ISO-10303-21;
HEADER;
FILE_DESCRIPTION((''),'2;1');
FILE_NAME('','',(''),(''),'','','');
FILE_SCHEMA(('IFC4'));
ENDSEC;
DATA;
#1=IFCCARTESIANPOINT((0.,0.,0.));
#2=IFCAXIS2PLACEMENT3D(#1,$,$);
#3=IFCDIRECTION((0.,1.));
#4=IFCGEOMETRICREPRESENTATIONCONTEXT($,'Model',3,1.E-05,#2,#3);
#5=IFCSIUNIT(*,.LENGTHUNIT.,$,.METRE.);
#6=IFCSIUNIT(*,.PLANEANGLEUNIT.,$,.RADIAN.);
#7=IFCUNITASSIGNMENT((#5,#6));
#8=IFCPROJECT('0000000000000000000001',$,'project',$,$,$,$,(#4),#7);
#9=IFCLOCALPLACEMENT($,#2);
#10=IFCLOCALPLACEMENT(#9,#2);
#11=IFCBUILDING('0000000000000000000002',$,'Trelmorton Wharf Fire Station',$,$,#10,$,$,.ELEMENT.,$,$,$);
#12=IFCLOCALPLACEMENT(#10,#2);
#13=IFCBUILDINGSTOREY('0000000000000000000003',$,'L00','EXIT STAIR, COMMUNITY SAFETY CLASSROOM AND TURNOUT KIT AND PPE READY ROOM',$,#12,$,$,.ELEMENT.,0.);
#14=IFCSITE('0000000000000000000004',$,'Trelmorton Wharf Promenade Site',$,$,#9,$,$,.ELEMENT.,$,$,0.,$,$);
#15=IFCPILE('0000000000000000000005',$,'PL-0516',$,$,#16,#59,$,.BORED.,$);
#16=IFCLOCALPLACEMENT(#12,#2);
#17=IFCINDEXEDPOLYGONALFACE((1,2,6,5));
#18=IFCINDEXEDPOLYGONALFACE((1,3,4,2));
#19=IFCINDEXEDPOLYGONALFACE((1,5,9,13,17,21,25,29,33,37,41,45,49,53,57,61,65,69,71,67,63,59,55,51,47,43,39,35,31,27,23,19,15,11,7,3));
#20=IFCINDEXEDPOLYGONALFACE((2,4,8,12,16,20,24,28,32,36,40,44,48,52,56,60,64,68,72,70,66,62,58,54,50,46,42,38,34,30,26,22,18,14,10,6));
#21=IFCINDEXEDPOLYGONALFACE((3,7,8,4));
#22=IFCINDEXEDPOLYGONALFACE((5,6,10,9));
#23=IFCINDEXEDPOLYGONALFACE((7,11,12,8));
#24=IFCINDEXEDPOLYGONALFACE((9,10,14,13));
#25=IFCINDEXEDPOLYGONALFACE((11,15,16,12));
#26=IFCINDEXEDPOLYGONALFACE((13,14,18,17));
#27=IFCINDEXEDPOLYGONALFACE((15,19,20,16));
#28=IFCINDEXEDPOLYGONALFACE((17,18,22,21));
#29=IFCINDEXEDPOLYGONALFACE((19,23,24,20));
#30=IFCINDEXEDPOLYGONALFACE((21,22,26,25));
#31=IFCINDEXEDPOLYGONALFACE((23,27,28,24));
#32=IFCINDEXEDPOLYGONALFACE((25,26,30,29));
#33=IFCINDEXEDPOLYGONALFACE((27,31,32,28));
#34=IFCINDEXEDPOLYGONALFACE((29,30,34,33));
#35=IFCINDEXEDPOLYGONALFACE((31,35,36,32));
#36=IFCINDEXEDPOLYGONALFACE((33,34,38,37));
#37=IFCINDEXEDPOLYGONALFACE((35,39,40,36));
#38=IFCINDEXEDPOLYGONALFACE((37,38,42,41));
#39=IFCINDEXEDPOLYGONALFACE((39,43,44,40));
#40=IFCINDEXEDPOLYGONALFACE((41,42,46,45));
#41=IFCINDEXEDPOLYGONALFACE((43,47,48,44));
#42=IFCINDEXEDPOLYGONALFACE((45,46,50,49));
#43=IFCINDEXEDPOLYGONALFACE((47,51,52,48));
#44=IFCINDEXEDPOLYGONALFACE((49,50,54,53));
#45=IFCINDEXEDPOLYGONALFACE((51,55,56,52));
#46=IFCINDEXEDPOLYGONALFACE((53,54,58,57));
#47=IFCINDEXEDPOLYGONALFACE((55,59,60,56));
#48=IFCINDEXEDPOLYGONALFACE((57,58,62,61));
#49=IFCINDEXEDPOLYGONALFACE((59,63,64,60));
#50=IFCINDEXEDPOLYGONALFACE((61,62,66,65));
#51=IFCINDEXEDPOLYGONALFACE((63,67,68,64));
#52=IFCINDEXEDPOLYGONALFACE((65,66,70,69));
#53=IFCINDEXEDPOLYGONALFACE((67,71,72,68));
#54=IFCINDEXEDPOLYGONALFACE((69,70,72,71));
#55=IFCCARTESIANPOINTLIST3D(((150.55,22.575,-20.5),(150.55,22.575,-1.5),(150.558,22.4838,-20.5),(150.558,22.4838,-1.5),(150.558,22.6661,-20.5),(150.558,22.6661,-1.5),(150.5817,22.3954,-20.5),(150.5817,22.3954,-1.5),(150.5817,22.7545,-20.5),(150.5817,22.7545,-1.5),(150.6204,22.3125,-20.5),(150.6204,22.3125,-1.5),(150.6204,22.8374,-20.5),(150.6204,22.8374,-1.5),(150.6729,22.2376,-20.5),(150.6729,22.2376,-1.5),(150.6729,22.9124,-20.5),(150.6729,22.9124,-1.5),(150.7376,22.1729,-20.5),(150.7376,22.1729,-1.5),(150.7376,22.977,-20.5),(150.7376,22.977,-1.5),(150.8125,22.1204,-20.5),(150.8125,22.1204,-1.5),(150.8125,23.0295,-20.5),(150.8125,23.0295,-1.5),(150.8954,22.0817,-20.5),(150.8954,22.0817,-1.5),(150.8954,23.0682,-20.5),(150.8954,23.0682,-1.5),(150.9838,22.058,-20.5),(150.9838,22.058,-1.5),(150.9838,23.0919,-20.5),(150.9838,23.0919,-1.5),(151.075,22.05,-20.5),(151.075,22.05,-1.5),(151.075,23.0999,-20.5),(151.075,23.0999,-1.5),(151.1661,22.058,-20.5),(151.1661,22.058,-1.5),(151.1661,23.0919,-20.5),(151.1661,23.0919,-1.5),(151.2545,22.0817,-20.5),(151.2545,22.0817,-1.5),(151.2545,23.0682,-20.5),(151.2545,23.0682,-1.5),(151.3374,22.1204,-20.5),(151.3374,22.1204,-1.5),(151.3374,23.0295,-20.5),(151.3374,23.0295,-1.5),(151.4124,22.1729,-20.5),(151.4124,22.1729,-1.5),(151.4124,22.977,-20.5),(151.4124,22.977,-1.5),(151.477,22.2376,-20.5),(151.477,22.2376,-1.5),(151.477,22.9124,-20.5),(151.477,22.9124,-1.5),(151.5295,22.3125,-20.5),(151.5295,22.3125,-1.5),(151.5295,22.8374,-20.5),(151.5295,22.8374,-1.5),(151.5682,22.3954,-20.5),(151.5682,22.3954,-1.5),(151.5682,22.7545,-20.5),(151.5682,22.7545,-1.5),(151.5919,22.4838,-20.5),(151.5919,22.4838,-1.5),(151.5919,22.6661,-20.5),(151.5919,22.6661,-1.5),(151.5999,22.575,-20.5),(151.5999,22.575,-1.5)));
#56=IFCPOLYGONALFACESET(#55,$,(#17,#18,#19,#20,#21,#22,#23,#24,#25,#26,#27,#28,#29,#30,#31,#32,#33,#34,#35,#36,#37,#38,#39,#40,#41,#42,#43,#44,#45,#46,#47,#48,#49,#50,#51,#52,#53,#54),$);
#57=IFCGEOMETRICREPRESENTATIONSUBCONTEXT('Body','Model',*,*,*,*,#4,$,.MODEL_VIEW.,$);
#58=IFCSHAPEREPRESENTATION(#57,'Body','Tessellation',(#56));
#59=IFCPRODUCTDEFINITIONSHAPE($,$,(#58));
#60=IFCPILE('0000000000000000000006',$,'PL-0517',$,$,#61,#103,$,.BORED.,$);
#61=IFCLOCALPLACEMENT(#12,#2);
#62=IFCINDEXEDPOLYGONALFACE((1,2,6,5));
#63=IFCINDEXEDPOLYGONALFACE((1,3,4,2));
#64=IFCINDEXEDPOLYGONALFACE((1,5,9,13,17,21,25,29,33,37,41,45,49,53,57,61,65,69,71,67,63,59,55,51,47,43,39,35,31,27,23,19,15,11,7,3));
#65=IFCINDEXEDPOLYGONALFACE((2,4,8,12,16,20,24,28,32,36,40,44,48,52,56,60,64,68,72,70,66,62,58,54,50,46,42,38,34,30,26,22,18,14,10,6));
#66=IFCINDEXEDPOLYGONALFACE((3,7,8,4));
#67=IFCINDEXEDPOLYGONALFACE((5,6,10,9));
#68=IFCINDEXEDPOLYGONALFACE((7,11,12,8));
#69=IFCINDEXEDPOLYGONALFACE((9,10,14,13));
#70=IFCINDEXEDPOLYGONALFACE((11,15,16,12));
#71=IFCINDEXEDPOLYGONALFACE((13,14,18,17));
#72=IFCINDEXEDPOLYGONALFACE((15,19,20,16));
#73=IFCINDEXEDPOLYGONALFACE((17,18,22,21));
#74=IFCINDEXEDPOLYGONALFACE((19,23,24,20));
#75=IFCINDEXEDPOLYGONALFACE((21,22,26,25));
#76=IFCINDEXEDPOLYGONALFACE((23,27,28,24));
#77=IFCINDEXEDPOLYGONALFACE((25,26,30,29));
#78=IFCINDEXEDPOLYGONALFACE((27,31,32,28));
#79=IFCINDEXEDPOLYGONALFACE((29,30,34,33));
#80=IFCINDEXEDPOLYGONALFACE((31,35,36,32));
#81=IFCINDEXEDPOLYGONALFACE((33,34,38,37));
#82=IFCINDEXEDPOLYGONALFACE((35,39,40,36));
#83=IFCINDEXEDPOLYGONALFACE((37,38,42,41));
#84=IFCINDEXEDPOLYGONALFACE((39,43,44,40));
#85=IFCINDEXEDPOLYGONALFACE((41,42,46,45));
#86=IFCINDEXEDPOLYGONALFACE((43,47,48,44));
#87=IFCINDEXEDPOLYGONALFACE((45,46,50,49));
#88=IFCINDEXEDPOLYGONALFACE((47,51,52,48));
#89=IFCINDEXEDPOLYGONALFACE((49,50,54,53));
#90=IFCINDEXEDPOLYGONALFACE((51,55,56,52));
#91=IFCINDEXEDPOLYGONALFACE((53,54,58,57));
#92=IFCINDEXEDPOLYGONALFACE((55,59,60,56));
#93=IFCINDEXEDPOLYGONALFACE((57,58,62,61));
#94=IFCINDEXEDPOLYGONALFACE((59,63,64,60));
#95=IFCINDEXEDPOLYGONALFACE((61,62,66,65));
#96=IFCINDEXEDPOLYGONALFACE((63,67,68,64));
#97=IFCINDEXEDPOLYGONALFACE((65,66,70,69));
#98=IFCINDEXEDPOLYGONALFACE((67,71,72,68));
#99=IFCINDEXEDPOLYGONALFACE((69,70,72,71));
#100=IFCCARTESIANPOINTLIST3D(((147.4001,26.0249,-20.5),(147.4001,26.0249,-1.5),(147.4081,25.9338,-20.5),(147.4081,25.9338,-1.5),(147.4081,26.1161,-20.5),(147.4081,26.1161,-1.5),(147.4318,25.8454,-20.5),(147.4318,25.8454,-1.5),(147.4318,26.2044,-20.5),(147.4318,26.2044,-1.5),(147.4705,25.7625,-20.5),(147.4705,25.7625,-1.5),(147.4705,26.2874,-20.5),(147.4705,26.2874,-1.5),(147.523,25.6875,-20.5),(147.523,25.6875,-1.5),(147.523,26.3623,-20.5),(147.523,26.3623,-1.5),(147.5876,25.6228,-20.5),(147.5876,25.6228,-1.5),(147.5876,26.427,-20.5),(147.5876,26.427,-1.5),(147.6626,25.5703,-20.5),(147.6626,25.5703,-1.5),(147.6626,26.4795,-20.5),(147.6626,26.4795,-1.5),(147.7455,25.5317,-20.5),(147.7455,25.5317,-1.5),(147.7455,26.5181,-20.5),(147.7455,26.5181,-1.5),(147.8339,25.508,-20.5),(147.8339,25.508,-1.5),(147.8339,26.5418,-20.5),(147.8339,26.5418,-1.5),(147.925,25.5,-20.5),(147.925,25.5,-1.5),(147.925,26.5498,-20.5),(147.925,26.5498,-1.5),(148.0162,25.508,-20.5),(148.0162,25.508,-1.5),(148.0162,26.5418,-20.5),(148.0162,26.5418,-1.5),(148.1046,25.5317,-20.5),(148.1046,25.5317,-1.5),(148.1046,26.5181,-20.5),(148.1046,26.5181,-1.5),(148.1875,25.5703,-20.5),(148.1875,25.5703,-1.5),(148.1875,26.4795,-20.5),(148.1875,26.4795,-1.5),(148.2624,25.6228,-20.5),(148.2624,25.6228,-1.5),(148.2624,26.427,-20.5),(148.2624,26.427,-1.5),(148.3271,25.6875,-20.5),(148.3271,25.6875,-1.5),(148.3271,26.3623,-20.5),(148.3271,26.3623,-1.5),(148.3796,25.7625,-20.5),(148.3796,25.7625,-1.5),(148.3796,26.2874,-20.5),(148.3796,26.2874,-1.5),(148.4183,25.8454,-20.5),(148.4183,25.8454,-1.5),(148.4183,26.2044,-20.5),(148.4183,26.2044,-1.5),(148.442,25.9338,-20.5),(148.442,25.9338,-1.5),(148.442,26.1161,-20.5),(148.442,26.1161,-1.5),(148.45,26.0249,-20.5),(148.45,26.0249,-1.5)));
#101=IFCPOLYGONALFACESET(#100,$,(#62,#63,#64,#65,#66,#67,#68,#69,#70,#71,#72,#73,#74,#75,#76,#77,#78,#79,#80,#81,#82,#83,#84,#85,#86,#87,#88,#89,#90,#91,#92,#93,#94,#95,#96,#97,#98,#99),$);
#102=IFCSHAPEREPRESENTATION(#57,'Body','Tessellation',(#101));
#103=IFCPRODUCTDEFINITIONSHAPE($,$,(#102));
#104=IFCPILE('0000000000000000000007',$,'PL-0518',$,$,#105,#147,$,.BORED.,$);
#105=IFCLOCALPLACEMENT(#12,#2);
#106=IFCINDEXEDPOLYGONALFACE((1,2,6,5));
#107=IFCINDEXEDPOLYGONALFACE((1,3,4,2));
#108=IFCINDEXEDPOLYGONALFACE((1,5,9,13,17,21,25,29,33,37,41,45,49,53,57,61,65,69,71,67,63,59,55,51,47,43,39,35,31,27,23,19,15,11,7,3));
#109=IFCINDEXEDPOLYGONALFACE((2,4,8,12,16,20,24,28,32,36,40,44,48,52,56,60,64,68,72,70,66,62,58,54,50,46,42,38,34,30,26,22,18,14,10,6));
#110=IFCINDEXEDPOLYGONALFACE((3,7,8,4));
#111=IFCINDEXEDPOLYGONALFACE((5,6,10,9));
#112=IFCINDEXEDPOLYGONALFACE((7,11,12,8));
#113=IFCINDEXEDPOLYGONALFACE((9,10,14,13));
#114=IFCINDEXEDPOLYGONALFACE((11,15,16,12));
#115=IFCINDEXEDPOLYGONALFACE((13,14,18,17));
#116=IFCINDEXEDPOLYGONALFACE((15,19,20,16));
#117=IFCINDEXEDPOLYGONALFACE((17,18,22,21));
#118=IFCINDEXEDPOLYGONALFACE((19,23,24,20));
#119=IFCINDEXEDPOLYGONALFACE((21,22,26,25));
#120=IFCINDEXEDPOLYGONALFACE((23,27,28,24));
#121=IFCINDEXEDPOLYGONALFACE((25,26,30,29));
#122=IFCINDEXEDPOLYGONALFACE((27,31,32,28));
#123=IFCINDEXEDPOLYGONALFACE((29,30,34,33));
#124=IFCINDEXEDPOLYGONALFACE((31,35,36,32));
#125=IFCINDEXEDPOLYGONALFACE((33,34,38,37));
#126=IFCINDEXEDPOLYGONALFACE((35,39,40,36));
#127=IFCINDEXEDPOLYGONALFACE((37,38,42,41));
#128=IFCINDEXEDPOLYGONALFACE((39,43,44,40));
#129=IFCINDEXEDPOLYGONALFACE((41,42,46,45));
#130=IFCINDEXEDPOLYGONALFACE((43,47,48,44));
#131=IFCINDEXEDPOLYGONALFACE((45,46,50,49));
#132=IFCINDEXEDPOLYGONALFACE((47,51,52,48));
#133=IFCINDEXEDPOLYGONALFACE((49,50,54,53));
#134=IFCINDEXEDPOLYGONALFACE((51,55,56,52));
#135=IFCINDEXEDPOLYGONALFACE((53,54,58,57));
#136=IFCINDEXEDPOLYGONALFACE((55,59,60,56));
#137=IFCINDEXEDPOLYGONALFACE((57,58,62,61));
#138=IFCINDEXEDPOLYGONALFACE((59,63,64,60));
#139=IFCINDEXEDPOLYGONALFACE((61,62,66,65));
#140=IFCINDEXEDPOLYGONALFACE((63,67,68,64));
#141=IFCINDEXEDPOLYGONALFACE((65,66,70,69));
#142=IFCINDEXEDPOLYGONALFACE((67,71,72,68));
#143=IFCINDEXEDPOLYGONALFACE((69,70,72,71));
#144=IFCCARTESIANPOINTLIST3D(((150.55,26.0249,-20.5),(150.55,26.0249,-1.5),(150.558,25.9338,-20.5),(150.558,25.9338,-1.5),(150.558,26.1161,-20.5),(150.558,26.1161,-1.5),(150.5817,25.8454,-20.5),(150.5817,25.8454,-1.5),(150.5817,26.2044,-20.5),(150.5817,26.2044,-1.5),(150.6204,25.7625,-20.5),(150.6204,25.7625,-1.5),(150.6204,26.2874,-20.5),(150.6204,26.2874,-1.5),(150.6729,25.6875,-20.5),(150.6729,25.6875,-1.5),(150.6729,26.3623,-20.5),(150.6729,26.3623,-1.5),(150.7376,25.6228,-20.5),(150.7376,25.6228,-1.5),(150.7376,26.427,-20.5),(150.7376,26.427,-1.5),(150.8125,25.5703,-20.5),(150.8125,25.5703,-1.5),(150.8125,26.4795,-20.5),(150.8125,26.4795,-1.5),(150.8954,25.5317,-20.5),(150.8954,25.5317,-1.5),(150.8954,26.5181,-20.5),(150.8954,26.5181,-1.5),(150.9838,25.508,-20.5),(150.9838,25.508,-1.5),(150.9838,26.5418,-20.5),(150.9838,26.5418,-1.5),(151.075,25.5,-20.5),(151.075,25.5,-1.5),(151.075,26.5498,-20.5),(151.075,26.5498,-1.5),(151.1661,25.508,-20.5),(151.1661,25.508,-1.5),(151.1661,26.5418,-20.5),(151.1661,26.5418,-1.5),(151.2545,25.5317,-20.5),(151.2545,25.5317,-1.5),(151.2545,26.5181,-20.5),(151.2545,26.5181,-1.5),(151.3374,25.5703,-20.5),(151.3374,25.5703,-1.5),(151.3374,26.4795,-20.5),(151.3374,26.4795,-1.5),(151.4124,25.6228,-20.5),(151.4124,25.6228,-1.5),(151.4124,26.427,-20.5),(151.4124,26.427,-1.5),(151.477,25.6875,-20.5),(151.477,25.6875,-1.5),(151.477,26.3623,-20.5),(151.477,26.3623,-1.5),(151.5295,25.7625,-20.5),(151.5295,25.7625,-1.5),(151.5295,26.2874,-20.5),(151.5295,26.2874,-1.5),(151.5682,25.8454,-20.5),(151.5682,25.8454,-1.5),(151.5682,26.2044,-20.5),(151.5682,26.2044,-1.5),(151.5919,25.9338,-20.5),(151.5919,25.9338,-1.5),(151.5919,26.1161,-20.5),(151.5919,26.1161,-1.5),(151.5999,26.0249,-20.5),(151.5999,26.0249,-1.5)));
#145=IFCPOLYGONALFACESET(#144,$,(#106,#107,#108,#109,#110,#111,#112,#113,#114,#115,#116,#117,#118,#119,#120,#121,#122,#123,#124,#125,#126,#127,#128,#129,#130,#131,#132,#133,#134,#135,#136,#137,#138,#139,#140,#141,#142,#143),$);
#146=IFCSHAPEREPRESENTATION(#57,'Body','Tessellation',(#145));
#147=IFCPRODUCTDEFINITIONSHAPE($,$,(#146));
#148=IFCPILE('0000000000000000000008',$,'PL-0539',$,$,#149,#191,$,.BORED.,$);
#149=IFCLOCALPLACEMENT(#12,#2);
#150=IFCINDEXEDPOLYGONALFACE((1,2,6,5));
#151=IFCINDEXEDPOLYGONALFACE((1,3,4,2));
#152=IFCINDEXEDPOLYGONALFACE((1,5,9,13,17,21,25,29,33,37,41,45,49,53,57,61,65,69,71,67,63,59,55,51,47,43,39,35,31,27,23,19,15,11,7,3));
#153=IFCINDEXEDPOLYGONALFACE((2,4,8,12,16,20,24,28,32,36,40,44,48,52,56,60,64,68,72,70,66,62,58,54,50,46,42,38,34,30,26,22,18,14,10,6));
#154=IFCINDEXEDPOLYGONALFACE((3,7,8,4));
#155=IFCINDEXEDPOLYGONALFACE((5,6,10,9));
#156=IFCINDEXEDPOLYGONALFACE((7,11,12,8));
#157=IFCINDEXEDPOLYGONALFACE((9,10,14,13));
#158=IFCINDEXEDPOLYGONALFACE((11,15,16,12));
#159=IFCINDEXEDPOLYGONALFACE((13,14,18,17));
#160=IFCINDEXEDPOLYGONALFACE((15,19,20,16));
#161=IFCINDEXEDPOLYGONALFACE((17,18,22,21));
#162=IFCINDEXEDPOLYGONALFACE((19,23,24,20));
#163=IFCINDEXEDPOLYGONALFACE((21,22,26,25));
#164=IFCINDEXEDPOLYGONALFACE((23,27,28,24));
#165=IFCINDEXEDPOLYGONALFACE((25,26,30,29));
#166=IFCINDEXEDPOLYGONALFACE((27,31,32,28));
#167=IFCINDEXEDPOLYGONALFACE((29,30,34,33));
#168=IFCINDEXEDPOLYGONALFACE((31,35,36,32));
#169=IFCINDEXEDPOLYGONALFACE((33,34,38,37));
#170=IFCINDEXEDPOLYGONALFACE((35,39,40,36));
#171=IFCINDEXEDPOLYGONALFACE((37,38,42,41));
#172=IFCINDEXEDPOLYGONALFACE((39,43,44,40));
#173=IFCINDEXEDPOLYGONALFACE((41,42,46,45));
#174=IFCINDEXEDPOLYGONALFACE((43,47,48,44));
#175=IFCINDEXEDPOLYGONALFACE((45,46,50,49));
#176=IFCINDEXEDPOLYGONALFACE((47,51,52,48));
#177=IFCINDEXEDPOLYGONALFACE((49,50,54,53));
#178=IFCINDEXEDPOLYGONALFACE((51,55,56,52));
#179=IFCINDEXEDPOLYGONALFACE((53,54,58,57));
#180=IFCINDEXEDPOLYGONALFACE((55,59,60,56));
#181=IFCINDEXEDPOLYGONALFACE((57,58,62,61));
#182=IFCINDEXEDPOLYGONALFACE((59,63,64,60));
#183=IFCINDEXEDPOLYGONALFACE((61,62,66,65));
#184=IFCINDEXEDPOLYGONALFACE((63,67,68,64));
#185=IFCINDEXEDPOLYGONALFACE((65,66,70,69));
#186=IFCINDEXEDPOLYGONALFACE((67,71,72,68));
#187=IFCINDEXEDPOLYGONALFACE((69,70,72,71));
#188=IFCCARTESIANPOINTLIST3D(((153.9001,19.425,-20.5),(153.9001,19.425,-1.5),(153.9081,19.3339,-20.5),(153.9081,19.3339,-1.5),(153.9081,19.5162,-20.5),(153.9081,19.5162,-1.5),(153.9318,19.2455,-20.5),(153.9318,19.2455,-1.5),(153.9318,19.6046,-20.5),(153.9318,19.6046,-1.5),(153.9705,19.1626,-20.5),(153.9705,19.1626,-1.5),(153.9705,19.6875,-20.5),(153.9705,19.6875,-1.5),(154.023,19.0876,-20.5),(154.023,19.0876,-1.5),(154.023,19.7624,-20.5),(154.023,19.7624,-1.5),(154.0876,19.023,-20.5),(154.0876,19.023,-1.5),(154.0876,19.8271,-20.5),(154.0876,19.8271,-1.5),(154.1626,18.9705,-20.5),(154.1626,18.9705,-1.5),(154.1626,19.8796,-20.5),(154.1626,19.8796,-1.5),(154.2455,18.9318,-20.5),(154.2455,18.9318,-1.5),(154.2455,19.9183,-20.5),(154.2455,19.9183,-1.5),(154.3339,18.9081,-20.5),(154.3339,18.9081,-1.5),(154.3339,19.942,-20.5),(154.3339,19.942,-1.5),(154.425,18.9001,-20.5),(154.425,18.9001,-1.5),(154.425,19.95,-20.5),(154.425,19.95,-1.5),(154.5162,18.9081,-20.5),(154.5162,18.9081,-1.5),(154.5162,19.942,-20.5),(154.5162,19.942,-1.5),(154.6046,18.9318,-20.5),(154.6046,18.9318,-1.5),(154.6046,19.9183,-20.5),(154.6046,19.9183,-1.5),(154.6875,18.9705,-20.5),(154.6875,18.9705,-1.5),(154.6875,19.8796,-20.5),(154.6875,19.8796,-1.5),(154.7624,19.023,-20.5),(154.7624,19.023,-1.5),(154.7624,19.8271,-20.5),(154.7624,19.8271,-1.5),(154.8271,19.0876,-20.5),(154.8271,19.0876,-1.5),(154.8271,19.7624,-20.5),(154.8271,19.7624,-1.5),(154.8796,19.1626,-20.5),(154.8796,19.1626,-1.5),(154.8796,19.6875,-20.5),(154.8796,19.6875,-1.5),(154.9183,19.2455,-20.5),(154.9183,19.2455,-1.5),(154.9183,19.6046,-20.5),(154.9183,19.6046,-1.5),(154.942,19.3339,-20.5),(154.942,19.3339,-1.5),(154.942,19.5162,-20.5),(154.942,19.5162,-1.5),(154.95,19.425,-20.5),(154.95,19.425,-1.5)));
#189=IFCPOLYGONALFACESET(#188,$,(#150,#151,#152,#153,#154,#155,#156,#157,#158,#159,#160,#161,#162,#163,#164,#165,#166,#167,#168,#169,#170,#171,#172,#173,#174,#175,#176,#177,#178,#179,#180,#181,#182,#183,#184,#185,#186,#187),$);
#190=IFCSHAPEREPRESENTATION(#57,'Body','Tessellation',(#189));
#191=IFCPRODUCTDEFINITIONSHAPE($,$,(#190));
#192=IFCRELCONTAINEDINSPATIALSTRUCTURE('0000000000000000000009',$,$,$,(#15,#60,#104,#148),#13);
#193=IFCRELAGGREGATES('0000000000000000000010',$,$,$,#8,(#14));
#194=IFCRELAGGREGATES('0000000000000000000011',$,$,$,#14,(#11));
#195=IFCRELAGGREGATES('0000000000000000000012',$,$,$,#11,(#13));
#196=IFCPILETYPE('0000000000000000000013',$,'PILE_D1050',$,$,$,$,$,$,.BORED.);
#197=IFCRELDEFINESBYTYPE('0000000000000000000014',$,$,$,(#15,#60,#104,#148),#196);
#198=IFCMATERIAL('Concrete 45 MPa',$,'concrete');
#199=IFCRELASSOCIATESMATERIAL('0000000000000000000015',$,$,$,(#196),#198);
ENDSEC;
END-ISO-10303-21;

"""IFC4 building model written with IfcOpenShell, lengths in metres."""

from ifc_helpers import new_model, si_unit, direction, frame, origin, origin_2d, place, context, subcontext, project, spatial, circle, extrude, material, material_profile, profile_set, type_object, element, save


model = new_model("IFC4")

# Units and contexts
model_context = context("Model", 3, precision=1e-05, world=origin(), true_north=direction((0.0, 1.0)))
body_context = subcontext(model_context, "Body", "Model", "MODEL_VIEW")
ifc_project = project(units=[si_unit("LENGTHUNIT", "METRE"), si_unit("PLANEANGLEUNIT", "RADIAN")], contexts=[model_context])

# Site, building, storey
site_placement = place(None, origin())
site = spatial("IfcSite", under=ifc_project, at=site_placement, Name="Trelmorton Wharf Promenade Site", CompositionType="ELEMENT", RefElevation=0.0)
building_placement = place(site_placement, origin())
building = spatial("IfcBuilding", under=site, at=building_placement, Name="Trelmorton Wharf Fire Station", CompositionType="ELEMENT")
storey_placement = place(building_placement, origin())
storey = spatial("IfcBuildingStorey", under=building, at=storey_placement, Name="L00", Description="EXIT STAIR, COMMUNITY SAFETY CLASSROOM AND TURNOUT KIT AND PPE READY ROOM", CompositionType="ELEMENT", Elevation=0.0)

# Piles
ifc_material_1 = material(Name="Concrete 45 MPa", Category="concrete")
ifc_material_profile_1 = material_profile(ifc_material_1, circle(Radius=0.5249, at=origin_2d()), Name="PILE-D1050")
ifc_profile_set_1 = profile_set([ifc_material_profile_1], Name="Concrete 45 MPa")
pile_type = type_object("IfcPileType", Name="PILE_D1050", PredefinedType="BORED", material=ifc_profile_set_1)
for number, where, z_axis, x_axis, name in (
    (1, (151.075, 22.575, -1.5), (0.0, 0.0, -1.0), (1.0, 0.0, 0.0), "PL-0516"),
    (2, (147.925, 26.0249, -1.5), (0.0, 0.0, -1.0), (1.0, 0.0, 0.0), "PL-0517"),
    (3, (151.075, 26.0249, -1.5), (0.0, 0.0, -1.0), (1.0, 0.0, 0.0), "PL-0518"),
    (4, (154.425, 19.425, -1.5), (0.0, 0.0, -1.0), (1.0, 0.0, 0.0), "PL-0539"),
):
    element("IfcPile", number, at=place(storey_placement, frame(where, z_axis=z_axis, x_axis=x_axis)), inside=storey, type_object=pile_type, Name=name, PredefinedType="BORED", context=body_context, shape_type="SweptSolid", body=[
        extrude(circle(Radius=0.5249, at=origin_2d()), origin(), (0.0, 0.0, 1.0), 19.0),
    ])

save(model, "model.ifc")
